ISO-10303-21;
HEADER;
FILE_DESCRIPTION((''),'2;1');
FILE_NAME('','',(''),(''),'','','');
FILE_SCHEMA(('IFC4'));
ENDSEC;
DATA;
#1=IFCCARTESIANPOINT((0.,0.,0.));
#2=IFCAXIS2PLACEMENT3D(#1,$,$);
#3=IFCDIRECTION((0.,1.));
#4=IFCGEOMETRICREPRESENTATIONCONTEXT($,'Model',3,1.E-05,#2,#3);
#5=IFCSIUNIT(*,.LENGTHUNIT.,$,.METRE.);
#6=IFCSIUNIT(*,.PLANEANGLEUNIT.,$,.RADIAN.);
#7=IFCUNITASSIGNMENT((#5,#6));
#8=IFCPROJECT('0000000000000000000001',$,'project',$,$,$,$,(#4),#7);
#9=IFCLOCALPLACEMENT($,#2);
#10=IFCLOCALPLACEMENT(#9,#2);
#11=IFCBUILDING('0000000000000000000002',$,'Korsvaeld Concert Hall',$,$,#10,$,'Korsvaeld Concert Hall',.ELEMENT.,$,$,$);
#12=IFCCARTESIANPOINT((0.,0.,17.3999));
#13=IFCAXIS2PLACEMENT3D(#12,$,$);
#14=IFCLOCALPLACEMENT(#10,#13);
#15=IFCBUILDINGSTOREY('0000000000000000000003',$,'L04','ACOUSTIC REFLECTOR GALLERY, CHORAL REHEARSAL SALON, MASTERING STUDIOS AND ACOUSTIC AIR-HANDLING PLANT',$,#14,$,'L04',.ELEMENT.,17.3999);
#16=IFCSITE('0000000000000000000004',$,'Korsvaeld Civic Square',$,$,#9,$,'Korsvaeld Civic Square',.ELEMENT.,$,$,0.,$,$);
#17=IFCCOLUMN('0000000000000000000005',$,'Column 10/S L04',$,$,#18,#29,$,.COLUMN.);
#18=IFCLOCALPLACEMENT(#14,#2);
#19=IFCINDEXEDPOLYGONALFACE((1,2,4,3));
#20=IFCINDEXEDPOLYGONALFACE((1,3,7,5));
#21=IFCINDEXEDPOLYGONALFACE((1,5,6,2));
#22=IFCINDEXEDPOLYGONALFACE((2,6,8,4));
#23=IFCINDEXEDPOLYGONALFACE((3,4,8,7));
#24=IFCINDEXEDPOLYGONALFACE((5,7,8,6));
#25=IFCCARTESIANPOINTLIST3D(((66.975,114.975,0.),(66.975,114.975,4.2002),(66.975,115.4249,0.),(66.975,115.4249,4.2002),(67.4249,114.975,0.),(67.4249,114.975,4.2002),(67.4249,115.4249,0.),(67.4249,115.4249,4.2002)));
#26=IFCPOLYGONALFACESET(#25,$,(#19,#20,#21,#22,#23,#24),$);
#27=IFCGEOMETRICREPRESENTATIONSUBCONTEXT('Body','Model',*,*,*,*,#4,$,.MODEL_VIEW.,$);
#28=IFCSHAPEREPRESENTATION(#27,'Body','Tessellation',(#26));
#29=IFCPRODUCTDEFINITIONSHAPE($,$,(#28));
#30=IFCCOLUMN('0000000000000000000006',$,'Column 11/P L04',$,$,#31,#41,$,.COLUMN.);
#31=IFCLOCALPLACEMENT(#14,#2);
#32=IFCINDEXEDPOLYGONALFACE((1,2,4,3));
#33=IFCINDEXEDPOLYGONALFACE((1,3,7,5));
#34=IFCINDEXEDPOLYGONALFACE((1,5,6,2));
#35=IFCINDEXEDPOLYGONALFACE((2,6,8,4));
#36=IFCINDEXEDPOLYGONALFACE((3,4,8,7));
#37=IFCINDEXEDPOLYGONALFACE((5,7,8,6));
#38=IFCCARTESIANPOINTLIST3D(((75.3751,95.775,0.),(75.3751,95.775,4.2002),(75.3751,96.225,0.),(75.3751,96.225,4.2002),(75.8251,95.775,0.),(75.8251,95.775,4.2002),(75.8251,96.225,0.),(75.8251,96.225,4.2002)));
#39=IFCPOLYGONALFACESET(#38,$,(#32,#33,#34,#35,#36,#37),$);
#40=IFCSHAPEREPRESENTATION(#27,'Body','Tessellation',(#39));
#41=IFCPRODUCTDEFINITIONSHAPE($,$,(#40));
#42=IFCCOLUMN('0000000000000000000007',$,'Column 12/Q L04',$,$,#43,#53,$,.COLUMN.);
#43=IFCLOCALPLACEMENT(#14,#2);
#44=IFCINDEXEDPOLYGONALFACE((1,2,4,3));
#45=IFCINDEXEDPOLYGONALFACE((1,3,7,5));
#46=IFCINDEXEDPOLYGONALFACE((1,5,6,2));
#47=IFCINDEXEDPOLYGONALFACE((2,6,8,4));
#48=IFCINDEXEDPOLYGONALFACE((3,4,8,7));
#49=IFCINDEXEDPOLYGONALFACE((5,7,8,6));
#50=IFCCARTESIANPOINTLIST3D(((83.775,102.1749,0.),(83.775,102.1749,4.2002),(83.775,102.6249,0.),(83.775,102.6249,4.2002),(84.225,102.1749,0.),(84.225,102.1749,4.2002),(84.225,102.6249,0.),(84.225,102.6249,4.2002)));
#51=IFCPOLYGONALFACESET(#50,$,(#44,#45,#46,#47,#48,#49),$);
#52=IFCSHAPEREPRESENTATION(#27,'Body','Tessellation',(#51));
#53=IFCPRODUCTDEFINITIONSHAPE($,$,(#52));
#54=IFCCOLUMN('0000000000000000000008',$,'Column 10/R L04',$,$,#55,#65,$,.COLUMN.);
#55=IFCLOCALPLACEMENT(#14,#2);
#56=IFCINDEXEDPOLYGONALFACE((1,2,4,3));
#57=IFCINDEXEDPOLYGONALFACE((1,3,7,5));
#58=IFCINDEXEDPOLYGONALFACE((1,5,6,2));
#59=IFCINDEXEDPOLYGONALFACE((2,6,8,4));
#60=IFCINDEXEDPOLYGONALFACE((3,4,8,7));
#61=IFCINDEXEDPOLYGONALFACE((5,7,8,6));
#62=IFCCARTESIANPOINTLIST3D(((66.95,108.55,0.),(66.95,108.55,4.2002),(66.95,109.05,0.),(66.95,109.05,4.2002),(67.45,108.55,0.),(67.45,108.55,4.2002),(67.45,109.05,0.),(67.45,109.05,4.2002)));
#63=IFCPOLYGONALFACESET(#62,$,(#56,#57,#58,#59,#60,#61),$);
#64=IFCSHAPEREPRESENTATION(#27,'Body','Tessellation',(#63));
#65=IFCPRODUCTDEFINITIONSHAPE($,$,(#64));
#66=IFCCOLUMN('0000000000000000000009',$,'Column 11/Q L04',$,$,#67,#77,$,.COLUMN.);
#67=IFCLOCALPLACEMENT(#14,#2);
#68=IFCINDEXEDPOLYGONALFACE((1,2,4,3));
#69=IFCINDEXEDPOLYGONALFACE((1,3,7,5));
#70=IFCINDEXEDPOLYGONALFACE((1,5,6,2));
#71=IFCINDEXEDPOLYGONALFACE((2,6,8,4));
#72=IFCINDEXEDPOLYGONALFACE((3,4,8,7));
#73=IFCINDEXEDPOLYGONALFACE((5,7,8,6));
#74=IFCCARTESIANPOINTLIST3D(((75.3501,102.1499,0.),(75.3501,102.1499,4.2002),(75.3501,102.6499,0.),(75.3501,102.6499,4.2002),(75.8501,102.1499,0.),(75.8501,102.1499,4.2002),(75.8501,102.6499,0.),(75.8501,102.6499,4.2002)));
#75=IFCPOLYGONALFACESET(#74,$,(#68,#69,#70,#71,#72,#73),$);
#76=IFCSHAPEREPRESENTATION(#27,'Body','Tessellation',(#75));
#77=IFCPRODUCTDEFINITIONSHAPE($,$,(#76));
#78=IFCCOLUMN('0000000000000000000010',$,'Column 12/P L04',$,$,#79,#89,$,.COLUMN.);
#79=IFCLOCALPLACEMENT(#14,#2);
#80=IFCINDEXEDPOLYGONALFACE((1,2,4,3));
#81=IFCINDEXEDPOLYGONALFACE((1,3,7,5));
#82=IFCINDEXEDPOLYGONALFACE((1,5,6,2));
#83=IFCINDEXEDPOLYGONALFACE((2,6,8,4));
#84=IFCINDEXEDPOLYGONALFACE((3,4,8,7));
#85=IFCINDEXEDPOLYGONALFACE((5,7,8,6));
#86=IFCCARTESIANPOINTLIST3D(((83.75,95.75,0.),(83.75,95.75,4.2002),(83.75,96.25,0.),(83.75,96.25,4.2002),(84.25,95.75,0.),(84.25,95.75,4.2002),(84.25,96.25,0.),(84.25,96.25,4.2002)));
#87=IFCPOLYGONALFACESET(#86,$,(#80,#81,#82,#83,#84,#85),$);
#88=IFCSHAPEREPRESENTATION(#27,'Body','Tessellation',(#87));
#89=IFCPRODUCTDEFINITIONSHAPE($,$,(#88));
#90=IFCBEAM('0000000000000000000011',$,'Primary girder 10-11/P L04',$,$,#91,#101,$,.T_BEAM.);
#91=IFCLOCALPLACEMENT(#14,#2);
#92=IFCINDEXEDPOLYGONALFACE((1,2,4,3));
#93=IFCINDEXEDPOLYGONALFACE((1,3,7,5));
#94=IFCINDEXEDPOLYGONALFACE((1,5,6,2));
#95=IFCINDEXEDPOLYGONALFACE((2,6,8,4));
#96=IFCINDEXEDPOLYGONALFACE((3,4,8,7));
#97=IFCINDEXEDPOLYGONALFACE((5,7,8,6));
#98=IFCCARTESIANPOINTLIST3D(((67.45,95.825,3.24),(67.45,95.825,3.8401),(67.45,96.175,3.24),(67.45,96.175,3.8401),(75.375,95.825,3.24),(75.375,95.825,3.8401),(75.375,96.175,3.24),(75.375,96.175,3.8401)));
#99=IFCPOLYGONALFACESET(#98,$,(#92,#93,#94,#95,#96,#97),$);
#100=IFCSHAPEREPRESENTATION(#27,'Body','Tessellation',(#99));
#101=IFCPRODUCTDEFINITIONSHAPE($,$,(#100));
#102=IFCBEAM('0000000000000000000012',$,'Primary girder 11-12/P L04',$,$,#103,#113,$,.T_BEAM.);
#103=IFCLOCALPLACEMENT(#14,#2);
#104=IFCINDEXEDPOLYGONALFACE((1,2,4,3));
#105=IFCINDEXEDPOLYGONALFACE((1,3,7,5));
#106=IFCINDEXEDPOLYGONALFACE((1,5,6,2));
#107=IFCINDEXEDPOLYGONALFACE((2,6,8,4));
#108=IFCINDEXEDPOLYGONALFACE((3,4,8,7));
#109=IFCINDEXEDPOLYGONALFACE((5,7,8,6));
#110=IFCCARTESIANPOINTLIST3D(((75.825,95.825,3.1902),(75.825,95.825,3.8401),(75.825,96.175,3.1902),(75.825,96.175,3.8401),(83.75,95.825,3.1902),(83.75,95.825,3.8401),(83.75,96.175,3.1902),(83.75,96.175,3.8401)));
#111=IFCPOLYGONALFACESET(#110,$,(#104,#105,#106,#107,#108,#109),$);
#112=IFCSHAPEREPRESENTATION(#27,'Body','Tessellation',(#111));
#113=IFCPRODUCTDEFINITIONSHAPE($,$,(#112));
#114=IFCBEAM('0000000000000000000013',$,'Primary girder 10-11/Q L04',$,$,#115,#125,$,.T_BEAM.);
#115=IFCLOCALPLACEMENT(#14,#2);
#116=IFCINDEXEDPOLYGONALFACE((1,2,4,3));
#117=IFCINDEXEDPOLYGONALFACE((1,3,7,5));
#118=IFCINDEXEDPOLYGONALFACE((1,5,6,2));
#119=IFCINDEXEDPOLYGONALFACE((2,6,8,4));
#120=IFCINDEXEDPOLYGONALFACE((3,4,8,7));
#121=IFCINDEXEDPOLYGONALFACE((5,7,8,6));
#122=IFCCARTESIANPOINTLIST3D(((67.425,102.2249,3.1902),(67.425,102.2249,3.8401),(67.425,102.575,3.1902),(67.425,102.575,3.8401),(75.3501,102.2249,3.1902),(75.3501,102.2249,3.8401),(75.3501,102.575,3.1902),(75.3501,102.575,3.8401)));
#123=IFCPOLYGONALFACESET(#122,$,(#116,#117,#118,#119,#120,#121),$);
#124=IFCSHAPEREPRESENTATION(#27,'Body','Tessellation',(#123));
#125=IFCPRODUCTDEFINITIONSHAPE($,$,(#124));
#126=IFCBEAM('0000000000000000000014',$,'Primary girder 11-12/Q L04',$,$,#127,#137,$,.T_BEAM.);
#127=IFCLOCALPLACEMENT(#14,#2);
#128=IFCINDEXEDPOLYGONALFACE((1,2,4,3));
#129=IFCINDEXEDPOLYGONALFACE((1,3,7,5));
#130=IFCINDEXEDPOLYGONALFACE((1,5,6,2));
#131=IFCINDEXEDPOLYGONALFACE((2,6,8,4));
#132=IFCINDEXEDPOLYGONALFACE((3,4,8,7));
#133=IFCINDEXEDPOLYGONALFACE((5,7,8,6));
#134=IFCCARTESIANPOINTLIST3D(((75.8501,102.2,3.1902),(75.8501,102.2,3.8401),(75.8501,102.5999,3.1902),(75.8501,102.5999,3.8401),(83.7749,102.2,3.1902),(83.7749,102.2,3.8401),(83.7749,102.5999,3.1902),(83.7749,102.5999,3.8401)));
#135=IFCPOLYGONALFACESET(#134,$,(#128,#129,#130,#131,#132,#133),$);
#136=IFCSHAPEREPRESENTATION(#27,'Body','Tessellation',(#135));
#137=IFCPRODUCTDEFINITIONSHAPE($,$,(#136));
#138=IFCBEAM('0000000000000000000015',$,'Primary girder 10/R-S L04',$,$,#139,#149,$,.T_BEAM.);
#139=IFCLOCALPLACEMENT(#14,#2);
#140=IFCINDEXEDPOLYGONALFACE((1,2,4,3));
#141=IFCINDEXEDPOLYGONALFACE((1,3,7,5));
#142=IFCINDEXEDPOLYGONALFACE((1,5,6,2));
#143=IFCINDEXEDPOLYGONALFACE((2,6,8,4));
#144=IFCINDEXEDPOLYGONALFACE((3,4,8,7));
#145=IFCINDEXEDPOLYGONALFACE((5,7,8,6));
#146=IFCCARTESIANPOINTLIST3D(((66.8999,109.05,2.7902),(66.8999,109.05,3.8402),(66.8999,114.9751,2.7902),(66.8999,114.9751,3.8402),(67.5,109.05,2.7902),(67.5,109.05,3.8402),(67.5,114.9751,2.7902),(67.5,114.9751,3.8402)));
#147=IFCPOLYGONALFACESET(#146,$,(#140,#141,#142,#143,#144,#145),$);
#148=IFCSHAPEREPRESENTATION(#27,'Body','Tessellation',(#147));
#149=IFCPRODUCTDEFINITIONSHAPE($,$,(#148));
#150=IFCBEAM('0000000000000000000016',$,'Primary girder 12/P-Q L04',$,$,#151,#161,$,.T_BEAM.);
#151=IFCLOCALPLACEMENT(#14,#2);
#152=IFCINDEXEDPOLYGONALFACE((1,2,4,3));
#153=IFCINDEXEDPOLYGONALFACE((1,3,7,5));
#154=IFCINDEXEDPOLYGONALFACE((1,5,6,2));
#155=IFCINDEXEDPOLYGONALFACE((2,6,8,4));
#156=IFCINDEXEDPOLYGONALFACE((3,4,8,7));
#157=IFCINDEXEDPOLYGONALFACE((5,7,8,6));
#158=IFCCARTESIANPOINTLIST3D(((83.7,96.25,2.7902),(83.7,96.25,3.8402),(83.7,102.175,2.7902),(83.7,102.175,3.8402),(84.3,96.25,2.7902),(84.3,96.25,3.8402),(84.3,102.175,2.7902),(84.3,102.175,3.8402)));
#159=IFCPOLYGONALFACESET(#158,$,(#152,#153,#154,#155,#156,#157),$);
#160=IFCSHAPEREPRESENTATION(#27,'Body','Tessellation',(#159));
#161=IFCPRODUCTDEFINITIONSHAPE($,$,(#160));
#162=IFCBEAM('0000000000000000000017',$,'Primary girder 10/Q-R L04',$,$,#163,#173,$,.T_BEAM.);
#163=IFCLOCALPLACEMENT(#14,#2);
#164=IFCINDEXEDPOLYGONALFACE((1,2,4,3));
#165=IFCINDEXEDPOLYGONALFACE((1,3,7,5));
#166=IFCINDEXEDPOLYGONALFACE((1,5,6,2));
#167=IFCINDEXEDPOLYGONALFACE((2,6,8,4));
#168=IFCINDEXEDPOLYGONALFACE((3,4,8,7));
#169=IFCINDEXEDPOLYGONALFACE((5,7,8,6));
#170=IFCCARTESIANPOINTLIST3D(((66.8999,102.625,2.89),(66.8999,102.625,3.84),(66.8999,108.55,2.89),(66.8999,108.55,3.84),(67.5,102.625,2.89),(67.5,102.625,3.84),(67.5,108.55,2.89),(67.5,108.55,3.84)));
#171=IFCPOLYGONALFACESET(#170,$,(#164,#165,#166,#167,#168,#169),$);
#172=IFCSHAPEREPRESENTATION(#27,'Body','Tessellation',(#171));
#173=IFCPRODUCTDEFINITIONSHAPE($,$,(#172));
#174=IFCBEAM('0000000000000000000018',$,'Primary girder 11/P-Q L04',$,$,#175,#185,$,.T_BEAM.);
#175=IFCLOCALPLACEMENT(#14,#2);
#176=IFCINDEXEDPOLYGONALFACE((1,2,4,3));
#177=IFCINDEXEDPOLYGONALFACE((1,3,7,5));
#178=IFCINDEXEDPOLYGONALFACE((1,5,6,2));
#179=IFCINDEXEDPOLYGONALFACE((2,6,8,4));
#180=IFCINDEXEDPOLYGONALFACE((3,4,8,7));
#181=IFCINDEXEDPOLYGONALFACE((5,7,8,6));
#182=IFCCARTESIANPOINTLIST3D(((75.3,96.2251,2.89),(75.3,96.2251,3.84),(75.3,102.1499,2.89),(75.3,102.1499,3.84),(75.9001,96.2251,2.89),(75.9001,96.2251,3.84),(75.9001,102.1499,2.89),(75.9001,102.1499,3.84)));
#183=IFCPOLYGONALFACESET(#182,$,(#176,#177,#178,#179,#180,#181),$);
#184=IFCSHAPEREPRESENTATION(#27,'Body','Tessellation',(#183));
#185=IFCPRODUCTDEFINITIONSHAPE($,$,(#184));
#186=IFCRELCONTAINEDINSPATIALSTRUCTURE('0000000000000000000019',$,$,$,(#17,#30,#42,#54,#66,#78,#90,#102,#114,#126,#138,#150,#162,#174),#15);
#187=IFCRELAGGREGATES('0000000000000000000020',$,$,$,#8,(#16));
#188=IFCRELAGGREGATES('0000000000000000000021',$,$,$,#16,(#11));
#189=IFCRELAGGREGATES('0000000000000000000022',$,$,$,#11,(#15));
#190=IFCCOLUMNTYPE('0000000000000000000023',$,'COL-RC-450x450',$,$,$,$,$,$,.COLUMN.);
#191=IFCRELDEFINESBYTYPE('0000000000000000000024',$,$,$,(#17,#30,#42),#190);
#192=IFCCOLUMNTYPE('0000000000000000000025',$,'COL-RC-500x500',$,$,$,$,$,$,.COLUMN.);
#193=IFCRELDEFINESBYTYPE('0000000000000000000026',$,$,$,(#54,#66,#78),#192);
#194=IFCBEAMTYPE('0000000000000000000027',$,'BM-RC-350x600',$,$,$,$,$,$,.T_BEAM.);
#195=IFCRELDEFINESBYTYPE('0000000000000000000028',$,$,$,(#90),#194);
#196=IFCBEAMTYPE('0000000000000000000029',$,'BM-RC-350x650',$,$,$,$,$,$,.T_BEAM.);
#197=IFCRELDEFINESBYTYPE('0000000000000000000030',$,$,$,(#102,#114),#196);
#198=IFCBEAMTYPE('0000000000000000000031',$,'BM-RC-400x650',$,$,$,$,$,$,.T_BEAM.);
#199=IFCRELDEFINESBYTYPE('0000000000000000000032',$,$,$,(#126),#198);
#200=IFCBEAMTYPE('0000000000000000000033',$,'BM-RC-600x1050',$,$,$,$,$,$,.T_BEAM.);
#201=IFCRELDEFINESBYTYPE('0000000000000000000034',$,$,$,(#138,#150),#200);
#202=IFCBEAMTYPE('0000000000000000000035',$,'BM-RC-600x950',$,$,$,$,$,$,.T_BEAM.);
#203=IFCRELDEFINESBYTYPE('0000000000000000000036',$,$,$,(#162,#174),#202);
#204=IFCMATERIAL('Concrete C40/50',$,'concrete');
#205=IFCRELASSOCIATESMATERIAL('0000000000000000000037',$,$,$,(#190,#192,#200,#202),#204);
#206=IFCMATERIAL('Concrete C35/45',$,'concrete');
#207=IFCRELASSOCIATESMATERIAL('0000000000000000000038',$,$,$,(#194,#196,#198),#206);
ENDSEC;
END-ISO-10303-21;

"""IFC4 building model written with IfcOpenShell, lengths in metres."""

from ifc_helpers import new_model, si_unit, direction, frame, origin, origin_2d, place, context, subcontext, project, spatial, rectangle, extrude, material, material_profile, profile_set, type_object, element, save


model = new_model("IFC4")

# Units and contexts
model_context = context("Model", 3, precision=1e-05, world=origin(), true_north=direction((0.0, 1.0)))
body_context = subcontext(model_context, "Body", "Model", "MODEL_VIEW")
ifc_project = project(units=[si_unit("LENGTHUNIT", "METRE"), si_unit("PLANEANGLEUNIT", "RADIAN")], contexts=[model_context])

# Site, building, storey
site_placement = place(None, origin())
site = spatial("IfcSite", under=ifc_project, at=site_placement, Name="Korsvaeld Civic Square", LongName="Korsvaeld Civic Square", CompositionType="ELEMENT", RefElevation=0.0)
building_placement = place(site_placement, origin())
building = spatial("IfcBuilding", under=site, at=building_placement, Name="Korsvaeld Concert Hall", LongName="Korsvaeld Concert Hall", CompositionType="ELEMENT")
storey_placement = place(building_placement, frame((0.0, 0.0, 17.3999)))
storey = spatial("IfcBuildingStorey", under=building, at=storey_placement, Name="L04", Description="ACOUSTIC REFLECTOR GALLERY, CHORAL REHEARSAL SALON, MASTERING STUDIOS AND ACOUSTIC AIR-HANDLING PLANT", LongName="L04", CompositionType="ELEMENT", Elevation=17.3999)

# Columns
ifc_material_1 = material(Name="Concrete C40/50", Category="concrete")
ifc_material_profile_1 = material_profile(ifc_material_1, rectangle(XDim=0.45, YDim=0.45, at=origin_2d()), Name="RC 450x450")
ifc_profile_set_1 = profile_set([ifc_material_profile_1], Name="Concrete C40/50")
column_type_1 = type_object("IfcColumnType", Name="COL-RC-450x450", PredefinedType="COLUMN", material=ifc_profile_set_1)
for number, where, z_axis, x_axis, name in (
    (1, (67.2, 115.2, 0.0), (0.0, 0.0, 1.0), (1.0, 0.0, 0.0), "Column 10/S L04"),
    (2, (75.6001, 96.0, 0.0), (0.0, 0.0, 1.0), (1.0, 0.0, 0.0), "Column 11/P L04"),
    (3, (84.0, 102.3999, 0.0), (0.0, 0.0, 1.0), (1.0, 0.0, 0.0), "Column 12/Q L04"),
):
    element("IfcColumn", number, at=place(storey_placement, frame(where, z_axis=z_axis, x_axis=x_axis)), inside=storey, type_object=column_type_1, Name=name, PredefinedType="COLUMN", context=body_context, shape_type="SweptSolid", body=[
        extrude(rectangle(XDim=0.45, YDim=0.45, at=origin_2d()), origin(), (0.0, 0.0, 1.0), 4.2002),
    ])
ifc_material_profile_2 = material_profile(ifc_material_1, rectangle(XDim=0.5, YDim=0.5, at=origin_2d()), Name="RC 500x500")
ifc_profile_set_2 = profile_set([ifc_material_profile_2], Name="Concrete C40/50")
column_type_2 = type_object("IfcColumnType", Name="COL-RC-500x500", PredefinedType="COLUMN", material=ifc_profile_set_2)
for number, where, z_axis, x_axis, name in (
    (4, (67.2, 108.8, 0.0), (0.0, 0.0, 1.0), (1.0, 0.0, 0.0), "Column 10/R L04"),
    (5, (75.6001, 102.3999, 0.0), (0.0, 0.0, 1.0), (1.0, 0.0, 0.0), "Column 11/Q L04"),
    (6, (84.0, 96.0, 0.0), (0.0, 0.0, 1.0), (1.0, 0.0, 0.0), "Column 12/P L04"),
):
    element("IfcColumn", number, at=place(storey_placement, frame(where, z_axis=z_axis, x_axis=x_axis)), inside=storey, type_object=column_type_2, Name=name, PredefinedType="COLUMN", context=body_context, shape_type="SweptSolid", body=[
        extrude(rectangle(XDim=0.5, YDim=0.5, at=origin_2d()), origin(), (0.0, 0.0, 1.0), 4.2002),
    ])

# Beams
ifc_material_2 = material(Name="Concrete C35/45", Category="concrete")
ifc_material_profile_3 = material_profile(ifc_material_2, rectangle(XDim=0.3501, YDim=0.6001, at=origin_2d()), Name="RC 350x600")
ifc_profile_set_3 = profile_set([ifc_material_profile_3], Name="Concrete C35/45")
beam_type_1 = type_object("IfcBeamType", Name="BM-RC-350x600", PredefinedType="T_BEAM", material=ifc_profile_set_3)
beam_1_placement = place(storey_placement, frame((67.45, 96.0, 3.54), z_axis=(1.0, 0.0, 0.0), x_axis=(0.0, 1.0, 0.0)))
element("IfcBeam", 7, at=beam_1_placement, inside=storey, type_object=beam_type_1, Name="Primary girder 10-11/P L04", PredefinedType="T_BEAM", context=body_context, shape_type="SweptSolid", body=[
    extrude(rectangle(XDim=0.3501, YDim=0.6001, at=origin_2d()), origin(), (0.0, 0.0, 1.0), 7.925),
])
ifc_material_profile_4 = material_profile(ifc_material_2, rectangle(XDim=0.3501, YDim=0.6499, at=origin_2d()), Name="RC 350x650")
ifc_profile_set_4 = profile_set([ifc_material_profile_4], Name="Concrete C35/45")
beam_type_2 = type_object("IfcBeamType", Name="BM-RC-350x650", PredefinedType="T_BEAM", material=ifc_profile_set_4)
for number, where, z_axis, x_axis, name in (
    (8, (75.825, 96.0, 3.5151), (1.0, 0.0, 0.0), (0.0, 1.0, 0.0), "Primary girder 11-12/P L04"),
    (9, (67.425, 102.3999, 3.5151), (1.0, 0.0, 0.0), (0.0, 1.0, 0.0), "Primary girder 10-11/Q L04"),
):
    element("IfcBeam", number, at=place(storey_placement, frame(where, z_axis=z_axis, x_axis=x_axis)), inside=storey, type_object=beam_type_2, Name=name, PredefinedType="T_BEAM", context=body_context, shape_type="SweptSolid", body=[
        extrude(rectangle(XDim=0.3501, YDim=0.6499, at=origin_2d()), origin(), (0.0, 0.0, 1.0), 7.925),
    ])
ifc_material_profile_5 = material_profile(ifc_material_2, rectangle(XDim=0.3999, YDim=0.6499, at=origin_2d()), Name="RC 400x650")
ifc_profile_set_5 = profile_set([ifc_material_profile_5], Name="Concrete C35/45")
beam_type_3 = type_object("IfcBeamType", Name="BM-RC-400x650", PredefinedType="T_BEAM", material=ifc_profile_set_5)
beam_2_placement = place(storey_placement, frame((75.8501, 102.3999, 3.5151), z_axis=(1.0, 0.0, 0.0), x_axis=(0.0, 1.0, 0.0)))
element("IfcBeam", 10, at=beam_2_placement, inside=storey, type_object=beam_type_3, Name="Primary girder 11-12/Q L04", PredefinedType="T_BEAM", context=body_context, shape_type="SweptSolid", body=[
    extrude(rectangle(XDim=0.3999, YDim=0.6499, at=origin_2d()), origin(), (0.0, 0.0, 1.0), 7.9248),
])
ifc_material_profile_6 = material_profile(ifc_material_1, rectangle(XDim=0.6001, YDim=1.05, at=origin_2d()), Name="RC 600x1050")
ifc_profile_set_6 = profile_set([ifc_material_profile_6], Name="Concrete C40/50")
beam_type_4 = type_object("IfcBeamType", Name="BM-RC-600x1050", PredefinedType="T_BEAM", material=ifc_profile_set_6)
for number, where, z_axis, x_axis, name in (
    (11, (67.2, 109.05, 3.3152), (0.0, 1.0, 0.0), (-1.0, 0.0, 0.0), "Primary girder 10/R-S L04"),
    (12, (84.0, 96.25, 3.3152), (0.0, 1.0, 0.0), (-1.0, 0.0, 0.0), "Primary girder 12/P-Q L04"),
):
    element("IfcBeam", number, at=place(storey_placement, frame(where, z_axis=z_axis, x_axis=x_axis)), inside=storey, type_object=beam_type_4, Name=name, PredefinedType="T_BEAM", context=body_context, shape_type="SweptSolid", body=[
        extrude(rectangle(XDim=0.6001, YDim=1.05, at=origin_2d()), origin(), (0.0, 0.0, 1.0), 5.925),
    ])
ifc_material_profile_7 = material_profile(ifc_material_1, rectangle(XDim=0.6001, YDim=0.95, at=origin_2d()), Name="RC 600x950")
ifc_profile_set_7 = profile_set([ifc_material_profile_7], Name="Concrete C40/50")
beam_type_5 = type_object("IfcBeamType", Name="BM-RC-600x950", PredefinedType="T_BEAM", material=ifc_profile_set_7)
beam_3_placement = place(storey_placement, frame((67.2, 102.625, 3.365), z_axis=(0.0, 1.0, 0.0), x_axis=(-1.0, 0.0, 0.0)))
element("IfcBeam", 13, at=beam_3_placement, inside=storey, type_object=beam_type_5, Name="Primary girder 10/Q-R L04", PredefinedType="T_BEAM", context=body_context, shape_type="SweptSolid", body=[
    extrude(rectangle(XDim=0.6001, YDim=0.95, at=origin_2d()), origin(), (0.0, 0.0, 1.0), 5.925),
])
beam_4_placement = place(storey_placement, frame((75.6001, 96.2251, 3.365), z_axis=(0.0, 1.0, 0.0), x_axis=(-1.0, 0.0, 0.0)))
element("IfcBeam", 14, at=beam_4_placement, inside=storey, type_object=beam_type_5, Name="Primary girder 11/P-Q L04", PredefinedType="T_BEAM", context=body_context, shape_type="SweptSolid", body=[
    extrude(rectangle(XDim=0.6001, YDim=0.95, at=origin_2d()), origin(), (0.0, 0.0, 1.0), 5.9248),
])

save(model, "model.ifc")
